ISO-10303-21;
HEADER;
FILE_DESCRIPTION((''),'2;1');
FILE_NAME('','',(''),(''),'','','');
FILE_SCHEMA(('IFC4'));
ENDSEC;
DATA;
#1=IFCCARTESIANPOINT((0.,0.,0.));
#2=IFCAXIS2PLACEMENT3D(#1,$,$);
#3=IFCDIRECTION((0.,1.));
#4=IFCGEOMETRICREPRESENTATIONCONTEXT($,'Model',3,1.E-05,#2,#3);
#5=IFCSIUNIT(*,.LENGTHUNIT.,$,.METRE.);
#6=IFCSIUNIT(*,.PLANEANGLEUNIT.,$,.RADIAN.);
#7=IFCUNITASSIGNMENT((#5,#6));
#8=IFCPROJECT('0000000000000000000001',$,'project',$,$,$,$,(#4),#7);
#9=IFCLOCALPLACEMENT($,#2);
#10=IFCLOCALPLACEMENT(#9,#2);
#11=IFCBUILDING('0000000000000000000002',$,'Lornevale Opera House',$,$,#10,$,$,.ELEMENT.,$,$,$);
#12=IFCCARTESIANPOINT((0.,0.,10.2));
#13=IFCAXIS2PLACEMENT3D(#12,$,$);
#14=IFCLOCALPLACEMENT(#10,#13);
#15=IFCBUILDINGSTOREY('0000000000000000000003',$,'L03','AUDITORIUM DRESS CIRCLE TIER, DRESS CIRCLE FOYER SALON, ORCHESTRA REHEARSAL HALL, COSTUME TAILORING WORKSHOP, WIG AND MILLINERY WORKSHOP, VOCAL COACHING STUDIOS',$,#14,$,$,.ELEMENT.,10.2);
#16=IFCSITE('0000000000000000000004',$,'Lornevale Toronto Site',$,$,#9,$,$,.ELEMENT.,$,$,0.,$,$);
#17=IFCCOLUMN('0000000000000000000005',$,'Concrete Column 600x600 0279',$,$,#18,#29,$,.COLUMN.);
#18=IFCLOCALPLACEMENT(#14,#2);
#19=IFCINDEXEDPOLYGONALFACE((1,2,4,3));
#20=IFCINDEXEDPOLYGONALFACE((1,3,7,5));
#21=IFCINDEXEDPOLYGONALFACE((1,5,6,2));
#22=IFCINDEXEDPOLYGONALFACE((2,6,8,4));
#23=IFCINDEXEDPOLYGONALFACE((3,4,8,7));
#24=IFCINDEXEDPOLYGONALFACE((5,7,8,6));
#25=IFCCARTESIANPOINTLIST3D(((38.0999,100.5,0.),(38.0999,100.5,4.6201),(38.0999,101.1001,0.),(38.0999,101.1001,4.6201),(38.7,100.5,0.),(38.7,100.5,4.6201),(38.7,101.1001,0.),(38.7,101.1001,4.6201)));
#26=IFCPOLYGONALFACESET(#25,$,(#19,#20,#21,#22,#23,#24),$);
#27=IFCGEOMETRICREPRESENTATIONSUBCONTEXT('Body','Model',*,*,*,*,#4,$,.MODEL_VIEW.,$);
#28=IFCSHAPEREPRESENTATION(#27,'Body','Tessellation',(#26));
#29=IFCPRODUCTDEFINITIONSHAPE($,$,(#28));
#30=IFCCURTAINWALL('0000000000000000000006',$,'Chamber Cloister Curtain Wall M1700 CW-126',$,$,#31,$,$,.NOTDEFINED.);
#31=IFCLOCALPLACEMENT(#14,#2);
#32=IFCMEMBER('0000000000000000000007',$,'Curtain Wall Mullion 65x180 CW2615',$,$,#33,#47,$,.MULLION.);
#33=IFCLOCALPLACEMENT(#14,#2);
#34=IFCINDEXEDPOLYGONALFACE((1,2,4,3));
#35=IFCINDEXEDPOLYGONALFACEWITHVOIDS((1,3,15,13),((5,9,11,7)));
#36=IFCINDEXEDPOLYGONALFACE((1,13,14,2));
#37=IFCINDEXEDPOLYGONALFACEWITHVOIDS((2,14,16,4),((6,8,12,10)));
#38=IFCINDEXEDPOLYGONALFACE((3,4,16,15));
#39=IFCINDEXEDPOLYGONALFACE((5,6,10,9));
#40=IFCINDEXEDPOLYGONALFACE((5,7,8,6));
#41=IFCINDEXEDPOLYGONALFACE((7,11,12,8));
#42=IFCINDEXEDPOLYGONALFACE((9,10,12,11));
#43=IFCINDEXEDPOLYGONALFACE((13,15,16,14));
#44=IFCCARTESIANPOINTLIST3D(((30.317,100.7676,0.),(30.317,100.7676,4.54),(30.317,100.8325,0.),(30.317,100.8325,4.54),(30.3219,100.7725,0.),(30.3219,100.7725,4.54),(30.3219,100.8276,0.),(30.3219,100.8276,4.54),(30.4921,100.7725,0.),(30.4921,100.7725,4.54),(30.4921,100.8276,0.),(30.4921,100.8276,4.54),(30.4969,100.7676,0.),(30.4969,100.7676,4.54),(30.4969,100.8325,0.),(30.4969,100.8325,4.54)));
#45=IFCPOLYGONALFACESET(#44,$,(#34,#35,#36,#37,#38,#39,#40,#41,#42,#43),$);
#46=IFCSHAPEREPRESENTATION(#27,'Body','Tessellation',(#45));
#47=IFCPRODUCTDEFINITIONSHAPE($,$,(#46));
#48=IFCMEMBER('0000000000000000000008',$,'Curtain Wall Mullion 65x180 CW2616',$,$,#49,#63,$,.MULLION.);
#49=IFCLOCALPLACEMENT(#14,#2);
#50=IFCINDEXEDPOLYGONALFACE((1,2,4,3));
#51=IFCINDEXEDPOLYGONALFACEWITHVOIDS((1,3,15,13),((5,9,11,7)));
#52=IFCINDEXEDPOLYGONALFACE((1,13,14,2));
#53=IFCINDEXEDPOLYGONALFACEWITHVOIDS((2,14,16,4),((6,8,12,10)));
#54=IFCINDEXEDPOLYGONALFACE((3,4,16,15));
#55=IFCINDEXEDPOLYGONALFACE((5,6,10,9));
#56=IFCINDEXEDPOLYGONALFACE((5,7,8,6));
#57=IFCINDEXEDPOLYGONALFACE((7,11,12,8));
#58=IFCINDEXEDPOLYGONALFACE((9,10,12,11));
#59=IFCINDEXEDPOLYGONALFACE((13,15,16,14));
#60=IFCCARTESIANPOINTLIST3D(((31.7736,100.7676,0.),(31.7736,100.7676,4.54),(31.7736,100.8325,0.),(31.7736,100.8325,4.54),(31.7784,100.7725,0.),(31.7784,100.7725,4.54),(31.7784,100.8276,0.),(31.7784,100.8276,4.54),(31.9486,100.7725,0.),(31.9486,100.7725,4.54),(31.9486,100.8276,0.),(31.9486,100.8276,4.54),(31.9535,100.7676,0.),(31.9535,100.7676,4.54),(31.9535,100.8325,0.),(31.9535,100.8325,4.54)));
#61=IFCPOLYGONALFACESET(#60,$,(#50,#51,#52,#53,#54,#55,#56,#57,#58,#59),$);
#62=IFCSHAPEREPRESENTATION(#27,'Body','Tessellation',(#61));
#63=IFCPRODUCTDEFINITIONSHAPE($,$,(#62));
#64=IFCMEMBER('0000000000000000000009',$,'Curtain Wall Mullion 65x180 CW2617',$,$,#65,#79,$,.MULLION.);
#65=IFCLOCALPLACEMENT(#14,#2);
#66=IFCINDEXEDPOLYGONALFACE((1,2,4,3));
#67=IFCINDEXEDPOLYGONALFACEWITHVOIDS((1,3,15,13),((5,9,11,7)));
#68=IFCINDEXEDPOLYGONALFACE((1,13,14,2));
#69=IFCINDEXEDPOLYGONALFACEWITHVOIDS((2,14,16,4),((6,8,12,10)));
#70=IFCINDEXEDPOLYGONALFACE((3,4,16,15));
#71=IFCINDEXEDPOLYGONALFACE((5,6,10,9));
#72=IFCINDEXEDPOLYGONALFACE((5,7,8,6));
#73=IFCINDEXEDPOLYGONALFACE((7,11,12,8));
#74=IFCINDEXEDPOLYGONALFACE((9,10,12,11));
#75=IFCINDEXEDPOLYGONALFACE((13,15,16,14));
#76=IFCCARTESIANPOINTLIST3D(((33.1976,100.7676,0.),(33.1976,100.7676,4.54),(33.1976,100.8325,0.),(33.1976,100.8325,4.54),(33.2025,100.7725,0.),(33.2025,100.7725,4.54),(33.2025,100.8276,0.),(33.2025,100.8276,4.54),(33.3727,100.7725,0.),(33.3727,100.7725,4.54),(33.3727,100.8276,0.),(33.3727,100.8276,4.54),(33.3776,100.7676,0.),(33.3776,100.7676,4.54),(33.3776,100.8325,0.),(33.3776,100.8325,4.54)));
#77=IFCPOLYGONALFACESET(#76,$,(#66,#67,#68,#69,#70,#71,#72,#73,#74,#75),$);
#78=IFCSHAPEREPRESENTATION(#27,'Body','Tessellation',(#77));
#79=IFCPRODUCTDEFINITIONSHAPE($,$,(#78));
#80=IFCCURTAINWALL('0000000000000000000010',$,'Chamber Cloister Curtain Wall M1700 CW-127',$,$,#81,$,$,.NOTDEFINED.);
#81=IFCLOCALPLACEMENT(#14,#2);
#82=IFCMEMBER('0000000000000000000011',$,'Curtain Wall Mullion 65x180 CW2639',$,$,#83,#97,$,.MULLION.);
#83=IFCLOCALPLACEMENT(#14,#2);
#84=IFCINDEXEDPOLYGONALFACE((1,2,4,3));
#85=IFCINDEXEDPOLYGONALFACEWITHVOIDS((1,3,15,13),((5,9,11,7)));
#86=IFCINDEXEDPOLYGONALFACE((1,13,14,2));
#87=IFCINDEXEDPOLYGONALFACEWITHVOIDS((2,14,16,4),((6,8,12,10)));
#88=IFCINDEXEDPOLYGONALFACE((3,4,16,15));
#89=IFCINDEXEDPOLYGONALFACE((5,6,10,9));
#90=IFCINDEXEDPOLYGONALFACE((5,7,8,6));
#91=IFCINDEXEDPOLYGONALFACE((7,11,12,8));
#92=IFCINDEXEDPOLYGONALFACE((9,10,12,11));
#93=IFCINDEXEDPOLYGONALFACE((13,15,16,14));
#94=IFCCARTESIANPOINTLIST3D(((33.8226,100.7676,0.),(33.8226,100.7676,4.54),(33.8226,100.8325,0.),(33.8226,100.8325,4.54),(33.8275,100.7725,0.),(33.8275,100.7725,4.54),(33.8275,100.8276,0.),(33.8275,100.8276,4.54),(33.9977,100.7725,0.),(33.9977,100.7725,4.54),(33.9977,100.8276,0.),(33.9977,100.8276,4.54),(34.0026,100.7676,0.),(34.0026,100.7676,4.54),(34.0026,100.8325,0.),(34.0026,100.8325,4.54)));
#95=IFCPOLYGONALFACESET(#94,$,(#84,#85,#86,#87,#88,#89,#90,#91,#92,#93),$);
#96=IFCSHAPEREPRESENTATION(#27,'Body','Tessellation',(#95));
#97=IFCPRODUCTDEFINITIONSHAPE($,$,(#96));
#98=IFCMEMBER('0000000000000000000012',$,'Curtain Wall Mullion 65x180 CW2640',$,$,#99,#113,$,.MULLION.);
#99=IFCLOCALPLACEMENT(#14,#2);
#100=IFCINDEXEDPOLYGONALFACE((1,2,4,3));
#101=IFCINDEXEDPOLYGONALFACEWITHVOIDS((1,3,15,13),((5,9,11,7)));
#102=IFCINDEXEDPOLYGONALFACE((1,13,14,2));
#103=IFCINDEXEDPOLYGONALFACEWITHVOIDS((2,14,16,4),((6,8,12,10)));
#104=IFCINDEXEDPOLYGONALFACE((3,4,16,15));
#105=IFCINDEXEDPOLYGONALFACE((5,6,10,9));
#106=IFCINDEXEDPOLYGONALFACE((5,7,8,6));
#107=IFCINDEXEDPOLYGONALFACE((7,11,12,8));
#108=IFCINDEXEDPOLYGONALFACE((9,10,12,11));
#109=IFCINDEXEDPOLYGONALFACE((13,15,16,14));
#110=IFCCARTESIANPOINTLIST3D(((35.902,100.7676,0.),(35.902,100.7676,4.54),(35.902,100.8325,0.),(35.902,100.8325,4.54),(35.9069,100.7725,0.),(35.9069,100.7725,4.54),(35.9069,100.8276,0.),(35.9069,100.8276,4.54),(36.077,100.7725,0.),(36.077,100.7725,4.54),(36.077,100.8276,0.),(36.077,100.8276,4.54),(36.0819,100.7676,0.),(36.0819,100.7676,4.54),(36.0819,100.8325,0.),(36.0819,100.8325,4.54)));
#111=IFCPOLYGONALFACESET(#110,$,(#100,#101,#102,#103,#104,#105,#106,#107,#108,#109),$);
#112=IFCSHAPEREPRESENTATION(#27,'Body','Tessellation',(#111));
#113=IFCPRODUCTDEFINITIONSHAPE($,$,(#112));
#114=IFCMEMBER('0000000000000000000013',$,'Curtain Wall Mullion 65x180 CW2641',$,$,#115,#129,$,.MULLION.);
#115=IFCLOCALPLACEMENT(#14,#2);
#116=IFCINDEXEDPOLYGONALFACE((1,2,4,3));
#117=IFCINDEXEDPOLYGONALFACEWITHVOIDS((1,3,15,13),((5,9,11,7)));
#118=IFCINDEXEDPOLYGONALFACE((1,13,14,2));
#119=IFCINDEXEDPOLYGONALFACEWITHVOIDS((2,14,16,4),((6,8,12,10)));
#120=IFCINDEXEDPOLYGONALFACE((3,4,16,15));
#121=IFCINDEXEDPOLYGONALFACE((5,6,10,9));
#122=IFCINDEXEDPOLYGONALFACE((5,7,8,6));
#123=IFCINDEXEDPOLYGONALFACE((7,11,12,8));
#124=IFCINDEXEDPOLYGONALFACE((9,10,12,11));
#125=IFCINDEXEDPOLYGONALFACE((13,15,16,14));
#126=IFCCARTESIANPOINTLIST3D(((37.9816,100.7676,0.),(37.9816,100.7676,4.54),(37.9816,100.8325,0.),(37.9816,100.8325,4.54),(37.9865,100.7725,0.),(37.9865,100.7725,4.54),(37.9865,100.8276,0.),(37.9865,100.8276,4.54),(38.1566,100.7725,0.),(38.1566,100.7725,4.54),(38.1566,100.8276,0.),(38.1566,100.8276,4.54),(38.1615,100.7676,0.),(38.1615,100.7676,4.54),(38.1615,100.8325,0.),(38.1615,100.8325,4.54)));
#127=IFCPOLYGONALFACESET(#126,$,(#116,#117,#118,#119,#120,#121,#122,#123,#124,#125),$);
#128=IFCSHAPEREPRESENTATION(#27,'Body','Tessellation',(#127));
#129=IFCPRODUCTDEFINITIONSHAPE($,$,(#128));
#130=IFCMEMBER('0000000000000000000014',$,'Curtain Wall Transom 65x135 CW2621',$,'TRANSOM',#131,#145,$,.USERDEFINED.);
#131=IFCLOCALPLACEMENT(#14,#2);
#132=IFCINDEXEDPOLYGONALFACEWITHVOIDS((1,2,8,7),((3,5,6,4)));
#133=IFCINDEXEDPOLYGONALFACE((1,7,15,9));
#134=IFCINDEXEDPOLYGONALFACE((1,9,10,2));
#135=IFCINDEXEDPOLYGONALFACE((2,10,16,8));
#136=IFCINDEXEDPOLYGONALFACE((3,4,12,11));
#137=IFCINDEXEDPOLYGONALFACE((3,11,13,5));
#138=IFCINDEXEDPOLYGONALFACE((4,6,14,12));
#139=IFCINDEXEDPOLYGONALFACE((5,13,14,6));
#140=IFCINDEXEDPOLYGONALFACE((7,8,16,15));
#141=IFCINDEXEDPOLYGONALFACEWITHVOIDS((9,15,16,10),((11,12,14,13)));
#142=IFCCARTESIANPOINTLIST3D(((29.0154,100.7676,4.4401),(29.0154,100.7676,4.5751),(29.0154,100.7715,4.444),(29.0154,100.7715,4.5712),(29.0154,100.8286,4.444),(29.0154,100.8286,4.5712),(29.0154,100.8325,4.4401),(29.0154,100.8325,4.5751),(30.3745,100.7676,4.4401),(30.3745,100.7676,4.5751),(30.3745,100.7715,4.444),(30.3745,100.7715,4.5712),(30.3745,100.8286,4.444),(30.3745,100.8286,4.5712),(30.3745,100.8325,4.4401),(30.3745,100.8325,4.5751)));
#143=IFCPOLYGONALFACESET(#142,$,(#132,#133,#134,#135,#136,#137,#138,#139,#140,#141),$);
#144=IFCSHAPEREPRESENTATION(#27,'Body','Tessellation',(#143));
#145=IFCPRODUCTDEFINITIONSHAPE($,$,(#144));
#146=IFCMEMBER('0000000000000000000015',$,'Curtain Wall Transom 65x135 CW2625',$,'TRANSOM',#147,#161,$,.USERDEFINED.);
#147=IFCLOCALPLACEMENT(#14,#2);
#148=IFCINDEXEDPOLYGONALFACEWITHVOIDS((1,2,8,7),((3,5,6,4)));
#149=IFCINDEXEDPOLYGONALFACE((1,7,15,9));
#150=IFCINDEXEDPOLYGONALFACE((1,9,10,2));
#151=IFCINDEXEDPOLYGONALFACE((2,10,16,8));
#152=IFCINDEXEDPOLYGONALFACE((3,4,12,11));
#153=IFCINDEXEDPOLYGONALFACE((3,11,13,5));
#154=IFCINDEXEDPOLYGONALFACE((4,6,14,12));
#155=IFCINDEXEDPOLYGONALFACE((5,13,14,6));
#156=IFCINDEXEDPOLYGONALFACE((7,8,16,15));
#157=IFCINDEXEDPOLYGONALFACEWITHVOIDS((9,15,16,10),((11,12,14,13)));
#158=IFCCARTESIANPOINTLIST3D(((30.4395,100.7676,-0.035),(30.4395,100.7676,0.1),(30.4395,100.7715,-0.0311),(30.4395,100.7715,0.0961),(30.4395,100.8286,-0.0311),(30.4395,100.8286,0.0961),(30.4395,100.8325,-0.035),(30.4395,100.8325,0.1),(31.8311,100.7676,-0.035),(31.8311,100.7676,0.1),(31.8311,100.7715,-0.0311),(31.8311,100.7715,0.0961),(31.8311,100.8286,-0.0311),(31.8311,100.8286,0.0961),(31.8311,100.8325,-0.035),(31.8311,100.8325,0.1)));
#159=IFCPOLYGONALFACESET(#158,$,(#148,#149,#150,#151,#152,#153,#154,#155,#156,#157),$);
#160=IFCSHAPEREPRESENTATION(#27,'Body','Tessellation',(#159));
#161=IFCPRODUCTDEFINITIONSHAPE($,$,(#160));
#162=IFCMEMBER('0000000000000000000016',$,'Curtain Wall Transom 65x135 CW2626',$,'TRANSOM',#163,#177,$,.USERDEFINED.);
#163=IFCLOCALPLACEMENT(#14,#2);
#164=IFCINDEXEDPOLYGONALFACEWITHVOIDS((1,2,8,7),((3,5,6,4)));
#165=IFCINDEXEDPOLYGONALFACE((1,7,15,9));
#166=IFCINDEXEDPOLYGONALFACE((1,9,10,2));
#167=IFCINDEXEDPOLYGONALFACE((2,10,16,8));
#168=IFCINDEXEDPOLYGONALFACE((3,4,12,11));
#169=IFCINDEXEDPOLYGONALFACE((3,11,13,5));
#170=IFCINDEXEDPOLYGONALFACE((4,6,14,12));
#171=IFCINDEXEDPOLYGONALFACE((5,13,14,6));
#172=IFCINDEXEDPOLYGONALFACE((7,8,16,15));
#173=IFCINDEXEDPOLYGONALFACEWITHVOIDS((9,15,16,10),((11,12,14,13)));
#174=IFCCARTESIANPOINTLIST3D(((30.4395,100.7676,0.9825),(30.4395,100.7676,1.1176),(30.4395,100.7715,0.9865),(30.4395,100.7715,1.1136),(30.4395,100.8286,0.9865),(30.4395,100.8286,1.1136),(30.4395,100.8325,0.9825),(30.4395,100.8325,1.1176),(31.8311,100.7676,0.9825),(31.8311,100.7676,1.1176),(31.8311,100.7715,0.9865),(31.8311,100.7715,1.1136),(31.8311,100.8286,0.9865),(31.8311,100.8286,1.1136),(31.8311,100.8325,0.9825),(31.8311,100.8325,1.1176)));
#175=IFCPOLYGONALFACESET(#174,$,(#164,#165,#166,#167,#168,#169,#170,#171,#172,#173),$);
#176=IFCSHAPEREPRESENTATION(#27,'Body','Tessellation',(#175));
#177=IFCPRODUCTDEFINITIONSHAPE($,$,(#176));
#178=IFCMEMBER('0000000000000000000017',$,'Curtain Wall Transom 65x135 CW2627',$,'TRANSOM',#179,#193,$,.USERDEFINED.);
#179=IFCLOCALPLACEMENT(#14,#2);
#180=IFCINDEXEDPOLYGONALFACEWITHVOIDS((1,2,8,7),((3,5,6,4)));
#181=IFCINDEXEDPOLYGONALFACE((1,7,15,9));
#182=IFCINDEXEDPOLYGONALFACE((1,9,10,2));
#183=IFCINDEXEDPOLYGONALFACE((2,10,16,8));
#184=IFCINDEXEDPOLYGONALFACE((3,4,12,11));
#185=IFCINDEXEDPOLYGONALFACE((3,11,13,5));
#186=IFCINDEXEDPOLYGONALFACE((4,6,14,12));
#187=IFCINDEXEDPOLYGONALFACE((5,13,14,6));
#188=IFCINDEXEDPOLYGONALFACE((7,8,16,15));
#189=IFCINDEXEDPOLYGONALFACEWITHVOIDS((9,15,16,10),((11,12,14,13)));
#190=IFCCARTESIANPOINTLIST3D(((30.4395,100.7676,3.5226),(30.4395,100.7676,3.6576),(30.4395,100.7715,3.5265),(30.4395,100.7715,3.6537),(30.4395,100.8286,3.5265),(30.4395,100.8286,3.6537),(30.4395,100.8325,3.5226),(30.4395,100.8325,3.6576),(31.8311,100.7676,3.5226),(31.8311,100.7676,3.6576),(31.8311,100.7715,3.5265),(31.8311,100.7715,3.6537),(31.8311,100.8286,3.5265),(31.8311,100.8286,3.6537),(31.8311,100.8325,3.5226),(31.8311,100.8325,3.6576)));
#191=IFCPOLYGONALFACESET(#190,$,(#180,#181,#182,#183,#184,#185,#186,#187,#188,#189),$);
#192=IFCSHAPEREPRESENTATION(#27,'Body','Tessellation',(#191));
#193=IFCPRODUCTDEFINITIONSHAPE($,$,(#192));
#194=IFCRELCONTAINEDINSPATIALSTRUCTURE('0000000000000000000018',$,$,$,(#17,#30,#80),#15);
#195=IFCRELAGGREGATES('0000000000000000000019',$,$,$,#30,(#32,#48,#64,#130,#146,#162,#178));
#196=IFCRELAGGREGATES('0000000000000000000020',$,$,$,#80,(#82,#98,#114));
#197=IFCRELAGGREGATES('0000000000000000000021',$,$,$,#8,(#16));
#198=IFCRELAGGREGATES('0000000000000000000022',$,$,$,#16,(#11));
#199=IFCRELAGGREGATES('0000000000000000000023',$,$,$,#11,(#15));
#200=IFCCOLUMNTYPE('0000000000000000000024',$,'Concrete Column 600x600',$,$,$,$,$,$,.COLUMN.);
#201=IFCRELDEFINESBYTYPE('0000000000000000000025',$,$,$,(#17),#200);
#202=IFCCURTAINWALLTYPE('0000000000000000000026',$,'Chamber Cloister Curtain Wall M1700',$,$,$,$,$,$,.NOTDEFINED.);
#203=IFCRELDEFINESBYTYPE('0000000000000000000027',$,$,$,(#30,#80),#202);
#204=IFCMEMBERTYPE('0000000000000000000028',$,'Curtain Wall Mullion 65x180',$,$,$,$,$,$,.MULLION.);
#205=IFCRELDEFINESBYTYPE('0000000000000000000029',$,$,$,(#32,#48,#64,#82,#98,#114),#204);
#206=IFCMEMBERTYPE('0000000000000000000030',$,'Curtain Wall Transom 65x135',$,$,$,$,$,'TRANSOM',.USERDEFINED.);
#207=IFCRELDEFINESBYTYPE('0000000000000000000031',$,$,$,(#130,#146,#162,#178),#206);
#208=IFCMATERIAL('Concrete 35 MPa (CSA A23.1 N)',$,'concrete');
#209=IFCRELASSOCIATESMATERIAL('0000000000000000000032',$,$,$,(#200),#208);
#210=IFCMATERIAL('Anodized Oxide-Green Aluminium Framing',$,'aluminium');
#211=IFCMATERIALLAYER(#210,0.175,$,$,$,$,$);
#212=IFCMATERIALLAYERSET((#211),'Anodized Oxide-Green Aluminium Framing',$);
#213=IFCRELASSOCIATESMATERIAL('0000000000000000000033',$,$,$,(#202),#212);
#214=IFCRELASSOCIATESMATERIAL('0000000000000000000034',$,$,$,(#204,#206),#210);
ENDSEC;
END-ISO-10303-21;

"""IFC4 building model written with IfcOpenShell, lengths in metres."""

from ifc_helpers import new_model, si_unit, direction, frame, origin, origin_2d, place, context, subcontext, project, spatial, rectangle, hollow_rectangle, extrude, material, layer, layer_set, material_profile, profile_set, type_object, element, aggregate, save


model = new_model("IFC4")

# Units and contexts
model_context = context("Model", 3, precision=1e-05, world=origin(), true_north=direction((0.0, 1.0)))
body_context = subcontext(model_context, "Body", "Model", "MODEL_VIEW")
ifc_project = project(units=[si_unit("LENGTHUNIT", "METRE"), si_unit("PLANEANGLEUNIT", "RADIAN")], contexts=[model_context])

# Site, building, storey
site_placement = place(None, origin())
site = spatial("IfcSite", under=ifc_project, at=site_placement, Name="Lornevale Toronto Site", CompositionType="ELEMENT", RefElevation=0.0)
building_placement = place(site_placement, origin())
building = spatial("IfcBuilding", under=site, at=building_placement, Name="Lornevale Opera House", CompositionType="ELEMENT")
storey_placement = place(building_placement, frame((0.0, 0.0, 10.2)))
storey = spatial("IfcBuildingStorey", under=building, at=storey_placement, Name="L03", Description="AUDITORIUM DRESS CIRCLE TIER, DRESS CIRCLE FOYER SALON, ORCHESTRA REHEARSAL HALL, COSTUME TAILORING WORKSHOP, WIG AND MILLINERY WORKSHOP, VOCAL COACHING STUDIOS", CompositionType="ELEMENT", Elevation=10.2)

# Column
ifc_material_1 = material(Name="Concrete 35 MPa (CSA A23.1 N)", Category="concrete")
ifc_material_profile_1 = material_profile(ifc_material_1, rectangle(XDim=0.6001, YDim=0.6001, at=origin_2d()), Name="RC600x600")
ifc_profile_set_1 = profile_set([ifc_material_profile_1], Name="Concrete 35 MPa (CSA A23.1 N)")
column_type = type_object("IfcColumnType", Name="Concrete Column 600x600", PredefinedType="COLUMN", material=ifc_profile_set_1)
column_placement = place(storey_placement, frame((38.3999, 100.8, 0.0), z_axis=(0.0, 0.0, 1.0), x_axis=(1.0, 0.0, 0.0)))
element("IfcColumn", 1, at=column_placement, inside=storey, type_object=column_type, Name="Concrete Column 600x600 0279", PredefinedType="COLUMN", context=body_context, shape_type="SweptSolid", body=[
    extrude(rectangle(XDim=0.6001, YDim=0.6001, at=origin_2d()), origin(), (0.0, 0.0, 1.0), 4.6201),
])

# Curtain walls, members
ifc_material_2 = material(Name="Anodized Oxide-Green Aluminium Framing", Category="aluminium")
ifc_layer_1 = layer(ifc_material_2, 0.175)
ifc_layer_set_1 = layer_set([ifc_layer_1], Name="Anodized Oxide-Green Aluminium Framing")
curtain_wall_type = type_object("IfcCurtainWallType", Name="Chamber Cloister Curtain Wall M1700", PredefinedType="NOTDEFINED", material=ifc_layer_set_1)
curtain_wall_1_placement = place(storey_placement, origin())
curtain_wall_1 = element("IfcCurtainWall", 2, at=curtain_wall_1_placement, inside=storey, type_object=curtain_wall_type, Name="Chamber Cloister Curtain Wall M1700 CW-126", PredefinedType="NOTDEFINED")
ifc_material_profile_2 = material_profile(ifc_material_2, hollow_rectangle(XDim=0.0649, YDim=0.1799, WallThickness=0.0049, at=origin_2d()), Name="ALU65x180x5")
ifc_profile_set_2 = profile_set([ifc_material_profile_2], Name="Anodized Oxide-Green Aluminium Framing")
member_type_1 = type_object("IfcMemberType", Name="Curtain Wall Mullion 65x180", PredefinedType="MULLION", material=ifc_profile_set_2)
member_1_placement = place(storey_placement, frame((30.407, 100.8, 0.0), z_axis=(0.0, 0.0, 1.0), x_axis=(0.0, 1.0, 0.0)))
member_1 = element("IfcMember", 3, at=member_1_placement, type_object=member_type_1, Name="Curtain Wall Mullion 65x180 CW2615", PredefinedType="MULLION", context=body_context, shape_type="SweptSolid", body=[
    extrude(hollow_rectangle(XDim=0.0649, YDim=0.1799, WallThickness=0.0049, at=origin_2d()), origin(), (0.0, 0.0, 1.0), 4.54),
])
member_2_placement = place(storey_placement, frame((31.8635, 100.8, 0.0), z_axis=(0.0, 0.0, 1.0), x_axis=(0.0, 1.0, 0.0)))
member_2 = element("IfcMember", 4, at=member_2_placement, type_object=member_type_1, Name="Curtain Wall Mullion 65x180 CW2616", PredefinedType="MULLION", context=body_context, shape_type="SweptSolid", body=[
    extrude(hollow_rectangle(XDim=0.0649, YDim=0.1799, WallThickness=0.0049, at=origin_2d()), origin(), (0.0, 0.0, 1.0), 4.54),
])
member_3_placement = place(storey_placement, frame((33.2876, 100.8, 0.0), z_axis=(0.0, 0.0, 1.0), x_axis=(0.0, 1.0, 0.0)))
member_3 = element("IfcMember", 5, at=member_3_placement, type_object=member_type_1, Name="Curtain Wall Mullion 65x180 CW2617", PredefinedType="MULLION", context=body_context, shape_type="SweptSolid", body=[
    extrude(hollow_rectangle(XDim=0.0649, YDim=0.1799, WallThickness=0.0049, at=origin_2d()), origin(), (0.0, 0.0, 1.0), 4.54),
])
curtain_wall_2_placement = place(storey_placement, origin())
curtain_wall_2 = element("IfcCurtainWall", 6, at=curtain_wall_2_placement, inside=storey, type_object=curtain_wall_type, Name="Chamber Cloister Curtain Wall M1700 CW-127", PredefinedType="NOTDEFINED")
member_4_placement = place(storey_placement, frame((33.9126, 100.8, 0.0), z_axis=(0.0, 0.0, 1.0), x_axis=(0.0, 1.0, 0.0)))
member_4 = element("IfcMember", 7, at=member_4_placement, type_object=member_type_1, Name="Curtain Wall Mullion 65x180 CW2639", PredefinedType="MULLION", context=body_context, shape_type="SweptSolid", body=[
    extrude(hollow_rectangle(XDim=0.0649, YDim=0.1799, WallThickness=0.0049, at=origin_2d()), origin(), (0.0, 0.0, 1.0), 4.54),
])
member_5_placement = place(storey_placement, frame((35.9919, 100.8, 0.0), z_axis=(0.0, 0.0, 1.0), x_axis=(0.0, 1.0, 0.0)))
member_5 = element("IfcMember", 8, at=member_5_placement, type_object=member_type_1, Name="Curtain Wall Mullion 65x180 CW2640", PredefinedType="MULLION", context=body_context, shape_type="SweptSolid", body=[
    extrude(hollow_rectangle(XDim=0.0649, YDim=0.1799, WallThickness=0.0049, at=origin_2d()), origin(), (0.0, 0.0, 1.0), 4.54),
])
member_6_placement = place(storey_placement, frame((38.0715, 100.8, 0.0), z_axis=(0.0, 0.0, 1.0), x_axis=(0.0, 1.0, 0.0)))
member_6 = element("IfcMember", 9, at=member_6_placement, type_object=member_type_1, Name="Curtain Wall Mullion 65x180 CW2641", PredefinedType="MULLION", context=body_context, shape_type="SweptSolid", body=[
    extrude(hollow_rectangle(XDim=0.0649, YDim=0.1799, WallThickness=0.0049, at=origin_2d()), origin(), (0.0, 0.0, 1.0), 4.54),
])

# Members
ifc_material_profile_3 = material_profile(ifc_material_2, hollow_rectangle(XDim=0.0649, YDim=0.135, WallThickness=0.0039, at=origin_2d()), Name="ALU65x135x4")
ifc_profile_set_3 = profile_set([ifc_material_profile_3], Name="Anodized Oxide-Green Aluminium Framing")
member_type_2 = type_object("IfcMemberType", Name="Curtain Wall Transom 65x135", ElementType="TRANSOM", PredefinedType="USERDEFINED", material=ifc_profile_set_3)
member_7_placement = place(storey_placement, frame((29.0154, 100.8, 4.5076), z_axis=(1.0, 0.0, 0.0), x_axis=(0.0, 1.0, 0.0)))
member_7 = element("IfcMember", 10, at=member_7_placement, type_object=member_type_2, Name="Curtain Wall Transom 65x135 CW2621", ObjectType="TRANSOM", PredefinedType="USERDEFINED", context=body_context, shape_type="SweptSolid", body=[
    extrude(hollow_rectangle(XDim=0.0649, YDim=0.135, WallThickness=0.0039, at=origin_2d()), origin(), (0.0, 0.0, 1.0), 1.3591),
])
member_8_placement = place(storey_placement, frame((30.4395, 100.8, 0.0325), z_axis=(1.0, 0.0, 0.0), x_axis=(0.0, 1.0, 0.0)))
member_8 = element("IfcMember", 11, at=member_8_placement, type_object=member_type_2, Name="Curtain Wall Transom 65x135 CW2625", ObjectType="TRANSOM", PredefinedType="USERDEFINED", context=body_context, shape_type="SweptSolid", body=[
    extrude(hollow_rectangle(XDim=0.0649, YDim=0.135, WallThickness=0.0039, at=origin_2d()), origin(), (0.0, 0.0, 1.0), 1.3916),
])
member_9_placement = place(storey_placement, frame((30.4395, 100.8, 1.05), z_axis=(1.0, 0.0, 0.0), x_axis=(0.0, 1.0, 0.0)))
member_9 = element("IfcMember", 12, at=member_9_placement, type_object=member_type_2, Name="Curtain Wall Transom 65x135 CW2626", ObjectType="TRANSOM", PredefinedType="USERDEFINED", context=body_context, shape_type="SweptSolid", body=[
    extrude(hollow_rectangle(XDim=0.0649, YDim=0.135, WallThickness=0.0039, at=origin_2d()), origin(), (0.0, 0.0, 1.0), 1.3916),
])
member_10_placement = place(storey_placement, frame((30.4395, 100.8, 3.5901), z_axis=(1.0, 0.0, 0.0), x_axis=(0.0, 1.0, 0.0)))
member_10 = element("IfcMember", 13, at=member_10_placement, type_object=member_type_2, Name="Curtain Wall Transom 65x135 CW2627", ObjectType="TRANSOM", PredefinedType="USERDEFINED", context=body_context, shape_type="SweptSolid", body=[
    extrude(hollow_rectangle(XDim=0.0649, YDim=0.135, WallThickness=0.0039, at=origin_2d()), origin(), (0.0, 0.0, 1.0), 1.3916),
])

aggregate(curtain_wall_1, [member_1, member_2, member_3, member_7, member_8, member_9, member_10])
aggregate(curtain_wall_2, [member_4, member_5, member_6])

save(model, "model.ifc")
